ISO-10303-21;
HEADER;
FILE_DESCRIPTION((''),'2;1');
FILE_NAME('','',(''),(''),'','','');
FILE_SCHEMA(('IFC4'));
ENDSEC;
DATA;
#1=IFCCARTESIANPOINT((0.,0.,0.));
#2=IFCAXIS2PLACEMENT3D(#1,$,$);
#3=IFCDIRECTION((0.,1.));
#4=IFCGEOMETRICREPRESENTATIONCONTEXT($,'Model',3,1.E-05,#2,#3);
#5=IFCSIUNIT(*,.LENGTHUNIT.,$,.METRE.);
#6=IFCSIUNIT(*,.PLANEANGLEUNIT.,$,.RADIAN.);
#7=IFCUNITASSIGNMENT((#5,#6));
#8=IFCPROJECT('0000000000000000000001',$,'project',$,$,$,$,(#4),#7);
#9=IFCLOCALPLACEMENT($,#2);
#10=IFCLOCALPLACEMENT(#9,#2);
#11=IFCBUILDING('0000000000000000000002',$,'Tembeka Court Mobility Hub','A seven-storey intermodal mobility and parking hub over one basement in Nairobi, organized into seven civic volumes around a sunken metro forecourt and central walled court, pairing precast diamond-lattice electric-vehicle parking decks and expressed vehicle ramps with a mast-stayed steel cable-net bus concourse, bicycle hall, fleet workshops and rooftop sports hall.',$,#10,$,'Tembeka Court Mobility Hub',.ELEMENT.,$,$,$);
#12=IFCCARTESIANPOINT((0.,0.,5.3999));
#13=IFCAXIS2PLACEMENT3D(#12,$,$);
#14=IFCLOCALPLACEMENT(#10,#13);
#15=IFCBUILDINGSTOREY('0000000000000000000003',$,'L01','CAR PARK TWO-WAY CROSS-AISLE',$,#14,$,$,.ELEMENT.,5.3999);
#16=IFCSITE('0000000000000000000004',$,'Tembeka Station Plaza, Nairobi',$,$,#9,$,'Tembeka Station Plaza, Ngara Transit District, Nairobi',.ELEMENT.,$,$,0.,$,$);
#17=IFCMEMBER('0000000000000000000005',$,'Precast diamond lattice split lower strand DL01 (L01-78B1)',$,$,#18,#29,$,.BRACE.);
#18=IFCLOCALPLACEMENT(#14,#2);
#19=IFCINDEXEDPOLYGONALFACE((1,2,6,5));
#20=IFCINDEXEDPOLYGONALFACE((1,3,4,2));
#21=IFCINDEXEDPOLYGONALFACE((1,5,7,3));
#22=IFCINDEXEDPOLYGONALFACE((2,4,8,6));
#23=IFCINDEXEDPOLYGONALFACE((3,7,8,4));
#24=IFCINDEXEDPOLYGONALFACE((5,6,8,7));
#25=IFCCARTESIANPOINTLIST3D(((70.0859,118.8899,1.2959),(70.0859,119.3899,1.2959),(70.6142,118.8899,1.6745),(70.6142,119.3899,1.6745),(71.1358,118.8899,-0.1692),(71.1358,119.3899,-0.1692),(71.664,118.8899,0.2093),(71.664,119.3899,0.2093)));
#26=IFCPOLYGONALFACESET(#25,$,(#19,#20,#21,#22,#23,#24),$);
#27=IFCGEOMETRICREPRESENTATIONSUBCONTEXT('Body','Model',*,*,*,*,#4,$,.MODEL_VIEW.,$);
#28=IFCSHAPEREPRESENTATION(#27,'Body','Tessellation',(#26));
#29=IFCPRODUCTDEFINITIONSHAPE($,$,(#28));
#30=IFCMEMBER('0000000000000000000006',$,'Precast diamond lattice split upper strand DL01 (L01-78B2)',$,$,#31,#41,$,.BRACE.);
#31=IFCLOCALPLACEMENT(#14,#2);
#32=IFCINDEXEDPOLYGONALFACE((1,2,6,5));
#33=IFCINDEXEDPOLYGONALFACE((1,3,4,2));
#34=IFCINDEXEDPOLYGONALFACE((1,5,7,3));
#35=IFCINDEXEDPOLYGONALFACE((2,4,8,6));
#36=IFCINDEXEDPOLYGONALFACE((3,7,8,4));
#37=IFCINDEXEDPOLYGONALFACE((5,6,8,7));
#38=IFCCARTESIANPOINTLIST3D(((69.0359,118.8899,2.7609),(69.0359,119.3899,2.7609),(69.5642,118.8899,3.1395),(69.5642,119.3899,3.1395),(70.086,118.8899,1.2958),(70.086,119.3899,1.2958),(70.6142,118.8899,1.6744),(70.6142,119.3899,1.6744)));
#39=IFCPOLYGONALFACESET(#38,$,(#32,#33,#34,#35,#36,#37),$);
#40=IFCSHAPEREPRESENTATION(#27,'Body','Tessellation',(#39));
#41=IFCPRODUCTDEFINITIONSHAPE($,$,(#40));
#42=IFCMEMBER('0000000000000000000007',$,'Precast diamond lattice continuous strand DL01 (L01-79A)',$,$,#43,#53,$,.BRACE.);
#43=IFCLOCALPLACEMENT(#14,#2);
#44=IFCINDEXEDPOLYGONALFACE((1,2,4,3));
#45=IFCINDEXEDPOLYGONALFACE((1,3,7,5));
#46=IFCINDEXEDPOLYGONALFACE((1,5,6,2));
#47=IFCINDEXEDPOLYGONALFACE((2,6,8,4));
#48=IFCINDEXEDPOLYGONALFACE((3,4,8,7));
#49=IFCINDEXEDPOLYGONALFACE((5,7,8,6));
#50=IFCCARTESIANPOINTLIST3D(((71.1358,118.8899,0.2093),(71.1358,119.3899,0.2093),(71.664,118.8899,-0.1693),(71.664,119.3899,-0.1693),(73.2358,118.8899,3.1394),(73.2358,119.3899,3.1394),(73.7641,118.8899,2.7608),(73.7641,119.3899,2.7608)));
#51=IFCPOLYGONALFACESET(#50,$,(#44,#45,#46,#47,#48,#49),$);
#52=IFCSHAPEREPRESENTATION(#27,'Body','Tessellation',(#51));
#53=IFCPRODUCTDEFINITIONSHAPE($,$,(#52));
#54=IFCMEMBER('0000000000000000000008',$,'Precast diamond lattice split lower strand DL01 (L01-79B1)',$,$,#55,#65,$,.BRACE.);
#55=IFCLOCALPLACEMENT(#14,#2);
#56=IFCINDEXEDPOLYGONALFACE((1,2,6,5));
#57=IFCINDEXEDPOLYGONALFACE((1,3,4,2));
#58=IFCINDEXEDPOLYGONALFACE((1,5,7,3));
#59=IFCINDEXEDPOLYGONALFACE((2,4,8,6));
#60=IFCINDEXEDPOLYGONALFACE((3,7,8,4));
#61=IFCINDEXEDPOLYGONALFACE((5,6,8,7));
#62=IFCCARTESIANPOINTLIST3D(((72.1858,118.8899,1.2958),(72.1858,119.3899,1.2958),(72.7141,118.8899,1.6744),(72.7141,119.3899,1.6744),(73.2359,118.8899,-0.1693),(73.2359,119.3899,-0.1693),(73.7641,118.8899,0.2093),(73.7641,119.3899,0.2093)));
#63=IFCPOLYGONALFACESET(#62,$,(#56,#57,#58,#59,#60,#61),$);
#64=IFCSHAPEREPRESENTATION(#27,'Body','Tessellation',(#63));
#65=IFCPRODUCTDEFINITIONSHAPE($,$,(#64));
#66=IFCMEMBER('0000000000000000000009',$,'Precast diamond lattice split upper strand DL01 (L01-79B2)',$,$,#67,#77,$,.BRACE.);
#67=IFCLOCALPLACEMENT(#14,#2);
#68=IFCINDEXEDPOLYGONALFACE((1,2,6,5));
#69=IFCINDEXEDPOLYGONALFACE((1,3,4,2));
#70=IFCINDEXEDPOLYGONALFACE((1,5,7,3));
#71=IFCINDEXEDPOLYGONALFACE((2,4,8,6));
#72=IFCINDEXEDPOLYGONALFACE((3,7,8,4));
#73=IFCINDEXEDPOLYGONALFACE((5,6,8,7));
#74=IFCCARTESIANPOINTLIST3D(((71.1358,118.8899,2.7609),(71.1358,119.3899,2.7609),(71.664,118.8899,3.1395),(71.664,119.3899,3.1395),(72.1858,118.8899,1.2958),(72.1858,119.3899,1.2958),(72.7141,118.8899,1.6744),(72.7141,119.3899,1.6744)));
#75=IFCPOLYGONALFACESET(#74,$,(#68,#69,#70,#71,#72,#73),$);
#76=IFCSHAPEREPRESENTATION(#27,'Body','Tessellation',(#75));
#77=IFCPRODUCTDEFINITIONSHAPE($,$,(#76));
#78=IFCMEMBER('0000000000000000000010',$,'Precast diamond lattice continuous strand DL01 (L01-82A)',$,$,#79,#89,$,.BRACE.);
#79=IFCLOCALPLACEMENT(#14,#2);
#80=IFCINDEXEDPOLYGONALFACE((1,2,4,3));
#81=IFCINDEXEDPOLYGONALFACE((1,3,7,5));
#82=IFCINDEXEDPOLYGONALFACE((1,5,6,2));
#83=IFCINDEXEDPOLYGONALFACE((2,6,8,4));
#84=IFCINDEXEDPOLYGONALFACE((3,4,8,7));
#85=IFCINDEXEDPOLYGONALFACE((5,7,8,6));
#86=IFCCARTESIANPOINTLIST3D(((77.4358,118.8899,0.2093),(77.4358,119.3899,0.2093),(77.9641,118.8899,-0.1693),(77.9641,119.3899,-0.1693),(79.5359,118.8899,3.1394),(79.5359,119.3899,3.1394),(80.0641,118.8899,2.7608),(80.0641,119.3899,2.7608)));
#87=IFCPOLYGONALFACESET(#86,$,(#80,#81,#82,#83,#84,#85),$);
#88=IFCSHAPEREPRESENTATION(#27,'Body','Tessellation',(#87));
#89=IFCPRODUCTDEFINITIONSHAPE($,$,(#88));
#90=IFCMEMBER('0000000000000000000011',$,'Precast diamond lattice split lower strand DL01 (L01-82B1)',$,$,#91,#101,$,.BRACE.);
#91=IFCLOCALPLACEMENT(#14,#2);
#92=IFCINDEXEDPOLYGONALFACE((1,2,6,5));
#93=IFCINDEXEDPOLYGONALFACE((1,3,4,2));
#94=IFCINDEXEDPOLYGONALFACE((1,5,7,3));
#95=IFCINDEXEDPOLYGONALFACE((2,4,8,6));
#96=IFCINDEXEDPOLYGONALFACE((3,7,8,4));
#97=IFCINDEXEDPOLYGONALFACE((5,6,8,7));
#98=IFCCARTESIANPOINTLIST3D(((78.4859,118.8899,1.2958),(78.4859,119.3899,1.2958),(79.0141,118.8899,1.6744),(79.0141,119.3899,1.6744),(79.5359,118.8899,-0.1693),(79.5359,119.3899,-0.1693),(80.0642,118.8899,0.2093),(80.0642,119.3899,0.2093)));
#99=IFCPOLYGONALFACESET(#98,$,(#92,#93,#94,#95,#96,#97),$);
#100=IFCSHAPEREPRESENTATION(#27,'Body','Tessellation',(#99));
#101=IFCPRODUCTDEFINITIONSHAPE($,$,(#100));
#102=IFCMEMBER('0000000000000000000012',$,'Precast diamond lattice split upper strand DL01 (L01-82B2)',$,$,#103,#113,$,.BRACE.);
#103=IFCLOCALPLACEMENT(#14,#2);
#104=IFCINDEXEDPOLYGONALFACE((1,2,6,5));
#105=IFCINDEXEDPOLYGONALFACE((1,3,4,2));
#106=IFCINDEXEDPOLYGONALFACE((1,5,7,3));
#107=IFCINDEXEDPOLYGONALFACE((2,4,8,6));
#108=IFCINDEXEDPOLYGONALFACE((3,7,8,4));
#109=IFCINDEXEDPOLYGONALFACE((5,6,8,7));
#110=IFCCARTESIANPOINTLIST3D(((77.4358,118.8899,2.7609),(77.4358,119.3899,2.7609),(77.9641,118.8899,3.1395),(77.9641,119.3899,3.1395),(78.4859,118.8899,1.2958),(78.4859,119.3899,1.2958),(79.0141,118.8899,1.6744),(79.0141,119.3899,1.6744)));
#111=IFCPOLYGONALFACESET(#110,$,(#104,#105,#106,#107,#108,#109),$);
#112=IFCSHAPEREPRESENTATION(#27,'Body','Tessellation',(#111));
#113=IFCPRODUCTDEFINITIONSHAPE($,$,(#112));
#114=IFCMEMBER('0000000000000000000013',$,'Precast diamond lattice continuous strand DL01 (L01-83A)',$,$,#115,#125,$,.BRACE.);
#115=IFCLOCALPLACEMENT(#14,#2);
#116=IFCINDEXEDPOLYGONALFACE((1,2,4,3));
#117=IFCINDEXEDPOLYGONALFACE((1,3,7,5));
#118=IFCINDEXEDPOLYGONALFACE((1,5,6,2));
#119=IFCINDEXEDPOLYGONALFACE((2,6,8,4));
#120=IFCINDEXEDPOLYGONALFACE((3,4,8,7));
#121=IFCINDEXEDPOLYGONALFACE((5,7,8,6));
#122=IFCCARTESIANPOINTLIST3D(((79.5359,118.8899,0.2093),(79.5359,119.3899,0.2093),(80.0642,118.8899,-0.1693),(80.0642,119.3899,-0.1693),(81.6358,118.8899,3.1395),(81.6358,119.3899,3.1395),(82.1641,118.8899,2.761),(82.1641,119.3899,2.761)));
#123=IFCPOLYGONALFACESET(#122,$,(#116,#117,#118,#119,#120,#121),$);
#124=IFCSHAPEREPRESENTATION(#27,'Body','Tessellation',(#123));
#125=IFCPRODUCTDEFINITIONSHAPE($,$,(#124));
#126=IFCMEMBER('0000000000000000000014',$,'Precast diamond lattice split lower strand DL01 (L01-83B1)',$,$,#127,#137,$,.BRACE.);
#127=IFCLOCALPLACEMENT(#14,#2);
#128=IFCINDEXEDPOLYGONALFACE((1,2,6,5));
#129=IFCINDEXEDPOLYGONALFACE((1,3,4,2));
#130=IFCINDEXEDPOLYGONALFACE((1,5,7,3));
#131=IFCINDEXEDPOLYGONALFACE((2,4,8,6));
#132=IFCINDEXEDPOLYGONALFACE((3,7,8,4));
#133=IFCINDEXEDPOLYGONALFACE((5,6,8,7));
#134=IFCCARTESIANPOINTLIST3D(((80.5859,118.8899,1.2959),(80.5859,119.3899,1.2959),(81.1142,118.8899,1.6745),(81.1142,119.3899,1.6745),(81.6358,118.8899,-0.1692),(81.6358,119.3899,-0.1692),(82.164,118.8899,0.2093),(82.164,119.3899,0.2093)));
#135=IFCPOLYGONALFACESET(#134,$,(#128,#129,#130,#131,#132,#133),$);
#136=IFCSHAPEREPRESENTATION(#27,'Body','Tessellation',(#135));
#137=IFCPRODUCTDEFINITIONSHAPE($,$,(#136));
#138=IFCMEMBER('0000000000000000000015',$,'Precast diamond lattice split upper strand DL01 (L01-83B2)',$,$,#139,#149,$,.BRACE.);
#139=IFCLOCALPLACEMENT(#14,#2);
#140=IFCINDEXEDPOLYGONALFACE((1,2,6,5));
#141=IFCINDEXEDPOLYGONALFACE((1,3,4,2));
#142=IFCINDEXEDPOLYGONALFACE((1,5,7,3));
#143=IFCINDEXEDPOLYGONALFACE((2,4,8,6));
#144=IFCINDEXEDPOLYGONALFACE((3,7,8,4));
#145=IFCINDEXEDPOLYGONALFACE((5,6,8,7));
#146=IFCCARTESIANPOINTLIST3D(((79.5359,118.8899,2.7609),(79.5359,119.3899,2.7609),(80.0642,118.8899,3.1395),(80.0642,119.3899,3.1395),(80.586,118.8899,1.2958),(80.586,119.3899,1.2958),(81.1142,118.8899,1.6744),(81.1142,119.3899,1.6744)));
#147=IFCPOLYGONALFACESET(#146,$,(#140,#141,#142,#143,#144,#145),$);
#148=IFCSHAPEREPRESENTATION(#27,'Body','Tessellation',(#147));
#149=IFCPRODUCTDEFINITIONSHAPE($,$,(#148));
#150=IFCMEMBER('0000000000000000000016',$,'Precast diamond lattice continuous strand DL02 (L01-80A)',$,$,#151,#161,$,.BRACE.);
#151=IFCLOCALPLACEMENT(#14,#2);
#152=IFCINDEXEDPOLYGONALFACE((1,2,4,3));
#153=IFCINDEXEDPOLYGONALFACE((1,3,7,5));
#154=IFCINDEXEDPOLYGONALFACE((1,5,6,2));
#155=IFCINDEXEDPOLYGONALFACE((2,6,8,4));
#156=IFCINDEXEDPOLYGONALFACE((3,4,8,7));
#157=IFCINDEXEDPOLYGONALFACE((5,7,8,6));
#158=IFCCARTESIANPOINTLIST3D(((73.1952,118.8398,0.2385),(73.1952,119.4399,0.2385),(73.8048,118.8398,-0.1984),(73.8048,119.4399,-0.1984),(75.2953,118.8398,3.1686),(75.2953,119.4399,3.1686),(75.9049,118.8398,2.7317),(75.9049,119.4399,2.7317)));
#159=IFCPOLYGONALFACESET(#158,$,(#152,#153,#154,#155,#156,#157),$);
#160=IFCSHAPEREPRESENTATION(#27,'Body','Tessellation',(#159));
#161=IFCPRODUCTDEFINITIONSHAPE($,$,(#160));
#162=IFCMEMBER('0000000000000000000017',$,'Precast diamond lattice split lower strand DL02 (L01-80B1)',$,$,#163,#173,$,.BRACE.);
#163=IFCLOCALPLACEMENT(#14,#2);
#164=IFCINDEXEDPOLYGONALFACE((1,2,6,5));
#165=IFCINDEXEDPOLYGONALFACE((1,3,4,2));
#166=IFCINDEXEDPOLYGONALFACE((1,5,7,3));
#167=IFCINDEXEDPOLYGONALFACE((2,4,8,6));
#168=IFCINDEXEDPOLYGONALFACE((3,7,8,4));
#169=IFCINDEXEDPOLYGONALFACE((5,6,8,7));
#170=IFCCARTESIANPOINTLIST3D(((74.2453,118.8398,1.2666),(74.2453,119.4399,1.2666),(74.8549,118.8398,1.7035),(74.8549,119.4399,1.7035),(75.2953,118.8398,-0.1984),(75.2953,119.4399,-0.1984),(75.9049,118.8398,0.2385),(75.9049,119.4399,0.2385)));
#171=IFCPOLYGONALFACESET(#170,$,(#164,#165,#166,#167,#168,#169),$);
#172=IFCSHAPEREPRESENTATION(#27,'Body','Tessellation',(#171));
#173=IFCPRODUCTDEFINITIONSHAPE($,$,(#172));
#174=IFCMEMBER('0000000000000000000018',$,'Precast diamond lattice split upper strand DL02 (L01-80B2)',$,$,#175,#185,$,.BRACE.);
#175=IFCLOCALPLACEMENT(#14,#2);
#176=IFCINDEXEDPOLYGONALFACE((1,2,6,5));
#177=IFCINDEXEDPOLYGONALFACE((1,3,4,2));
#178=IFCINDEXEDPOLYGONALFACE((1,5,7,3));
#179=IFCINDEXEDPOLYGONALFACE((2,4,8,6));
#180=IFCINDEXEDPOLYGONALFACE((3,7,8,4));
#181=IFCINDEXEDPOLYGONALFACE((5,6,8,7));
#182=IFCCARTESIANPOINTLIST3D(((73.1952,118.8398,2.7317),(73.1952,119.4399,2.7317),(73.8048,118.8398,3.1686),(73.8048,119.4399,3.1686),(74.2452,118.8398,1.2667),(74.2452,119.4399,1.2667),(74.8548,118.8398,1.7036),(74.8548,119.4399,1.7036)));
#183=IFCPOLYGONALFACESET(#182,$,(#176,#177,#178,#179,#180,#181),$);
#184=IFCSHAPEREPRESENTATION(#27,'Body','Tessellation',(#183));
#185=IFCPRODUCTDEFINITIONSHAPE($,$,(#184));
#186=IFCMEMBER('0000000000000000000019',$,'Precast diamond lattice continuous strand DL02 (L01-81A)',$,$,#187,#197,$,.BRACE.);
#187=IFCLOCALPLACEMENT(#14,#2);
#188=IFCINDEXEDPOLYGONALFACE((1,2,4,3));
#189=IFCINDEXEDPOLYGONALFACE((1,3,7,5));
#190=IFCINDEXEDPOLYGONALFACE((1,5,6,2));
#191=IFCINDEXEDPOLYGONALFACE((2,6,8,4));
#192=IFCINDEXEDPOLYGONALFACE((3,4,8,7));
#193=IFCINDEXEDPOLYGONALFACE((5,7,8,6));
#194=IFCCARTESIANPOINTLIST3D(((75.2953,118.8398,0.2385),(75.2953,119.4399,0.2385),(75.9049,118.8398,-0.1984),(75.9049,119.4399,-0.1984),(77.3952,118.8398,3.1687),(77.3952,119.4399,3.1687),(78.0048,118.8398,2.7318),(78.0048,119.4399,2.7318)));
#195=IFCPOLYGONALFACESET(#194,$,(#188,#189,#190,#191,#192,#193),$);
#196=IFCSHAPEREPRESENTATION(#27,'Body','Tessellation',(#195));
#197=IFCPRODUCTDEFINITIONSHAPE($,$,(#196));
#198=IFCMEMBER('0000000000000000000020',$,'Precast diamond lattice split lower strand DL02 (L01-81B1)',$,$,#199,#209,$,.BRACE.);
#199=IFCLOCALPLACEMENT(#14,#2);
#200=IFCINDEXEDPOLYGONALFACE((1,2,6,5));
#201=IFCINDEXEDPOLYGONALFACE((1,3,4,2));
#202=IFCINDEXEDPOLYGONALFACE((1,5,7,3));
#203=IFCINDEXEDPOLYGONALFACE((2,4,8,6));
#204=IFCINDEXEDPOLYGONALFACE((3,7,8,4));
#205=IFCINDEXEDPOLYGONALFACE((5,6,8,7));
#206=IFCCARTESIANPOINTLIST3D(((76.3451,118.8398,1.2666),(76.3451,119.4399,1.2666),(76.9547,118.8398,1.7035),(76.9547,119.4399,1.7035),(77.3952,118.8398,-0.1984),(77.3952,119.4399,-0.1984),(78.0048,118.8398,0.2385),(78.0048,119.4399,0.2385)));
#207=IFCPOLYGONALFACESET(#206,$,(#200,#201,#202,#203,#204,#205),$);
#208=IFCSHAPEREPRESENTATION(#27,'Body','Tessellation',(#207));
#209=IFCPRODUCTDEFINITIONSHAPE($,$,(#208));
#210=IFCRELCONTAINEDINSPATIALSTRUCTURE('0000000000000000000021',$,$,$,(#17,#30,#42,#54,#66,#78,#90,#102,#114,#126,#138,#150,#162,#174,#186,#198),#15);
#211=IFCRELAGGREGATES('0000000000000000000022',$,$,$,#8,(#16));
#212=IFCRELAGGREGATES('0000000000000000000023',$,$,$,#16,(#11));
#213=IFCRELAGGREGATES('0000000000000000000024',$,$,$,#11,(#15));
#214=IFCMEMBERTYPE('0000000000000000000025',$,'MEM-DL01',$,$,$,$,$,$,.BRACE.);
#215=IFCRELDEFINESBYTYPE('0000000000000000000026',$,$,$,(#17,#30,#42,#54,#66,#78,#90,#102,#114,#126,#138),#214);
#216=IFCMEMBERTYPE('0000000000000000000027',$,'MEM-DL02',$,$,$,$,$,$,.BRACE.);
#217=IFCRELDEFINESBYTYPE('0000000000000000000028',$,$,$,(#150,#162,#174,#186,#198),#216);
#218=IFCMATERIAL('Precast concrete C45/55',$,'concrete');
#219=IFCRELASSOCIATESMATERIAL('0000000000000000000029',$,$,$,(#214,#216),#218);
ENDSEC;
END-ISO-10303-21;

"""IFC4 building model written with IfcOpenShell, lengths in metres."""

from ifc_helpers import new_model, si_unit, direction, frame, origin, origin_2d, place, context, subcontext, project, spatial, rectangle, extrude, material, material_profile, profile_set, type_object, element, save


model = new_model("IFC4")

# Units and contexts
model_context = context("Model", 3, precision=1e-05, world=origin(), true_north=direction((0.0, 1.0)))
body_context = subcontext(model_context, "Body", "Model", "MODEL_VIEW")
ifc_project = project(units=[si_unit("LENGTHUNIT", "METRE"), si_unit("PLANEANGLEUNIT", "RADIAN")], contexts=[model_context])

# Site, building, storey
site_placement = place(None, origin())
site = spatial("IfcSite", under=ifc_project, at=site_placement, Name="Tembeka Station Plaza, Nairobi", LongName="Tembeka Station Plaza, Ngara Transit District, Nairobi", CompositionType="ELEMENT", RefElevation=0.0)
building_placement = place(site_placement, origin())
building = spatial("IfcBuilding", under=site, at=building_placement, Name="Tembeka Court Mobility Hub", Description="A seven-storey intermodal mobility and parking hub over one basement in Nairobi, organized into seven civic volumes around a sunken metro forecourt and central walled court, pairing precast diamond-lattice electric-vehicle parking decks and expressed vehicle ramps with a mast-stayed steel cable-net bus concourse, bicycle hall, fleet workshops and rooftop sports hall.", LongName="Tembeka Court Mobility Hub", CompositionType="ELEMENT")
storey_placement = place(building_placement, frame((0.0, 0.0, 5.3999)))
storey = spatial("IfcBuildingStorey", under=building, at=storey_placement, Name="L01", Description="CAR PARK TWO-WAY CROSS-AISLE", CompositionType="ELEMENT", Elevation=5.3999)

# Members
ifc_material = material(Name="Precast concrete C45/55", Category="concrete")
ifc_material_profile_1 = material_profile(ifc_material, rectangle(XDim=0.5, YDim=0.6499, at=origin_2d()), Name="PC-DIAG 500x650")
ifc_profile_set_1 = profile_set([ifc_material_profile_1], Name="Precast concrete C45/55")
member_type_1 = type_object("IfcMemberType", Name="MEM-DL01", PredefinedType="BRACE", material=ifc_profile_set_1)
for number, where, z_axis, x_axis, name in (
    (1, (71.3999, 119.1399, 0.02), (-0.582455, 0.0, 0.812863), (0.0, -1.0, 0.0), "Precast diamond lattice split lower strand DL01 (L01-78B1)"),
    (2, (70.3501, 119.1399, 1.4851), (-0.582544, 0.0, 0.812799), (0.0, -1.0, 0.0), "Precast diamond lattice split upper strand DL01 (L01-78B2)"),
):
    element("IfcMember", number, at=place(storey_placement, frame(where, z_axis=z_axis, x_axis=x_axis)), inside=storey, type_object=member_type_1, Name=name, PredefinedType="BRACE", context=body_context, shape_type="SweptSolid", body=[
        extrude(rectangle(XDim=0.5, YDim=0.6499, at=origin_2d()), origin(), (0.0, 0.0, 1.0), 1.8025),
    ])
member_1_placement = place(storey_placement, frame((71.3999, 119.1399, 0.02), z_axis=(0.582544, 0.0, 0.812799), x_axis=(0.0, 1.0, 0.0)))
element("IfcMember", 3, at=member_1_placement, inside=storey, type_object=member_type_1, Name="Precast diamond lattice continuous strand DL01 (L01-79A)", PredefinedType="BRACE", context=body_context, shape_type="SweptSolid", body=[
    extrude(rectangle(XDim=0.5, YDim=0.6499, at=origin_2d()), origin(), (0.0, 0.0, 1.0), 3.605),
])
for number, where, z_axis, x_axis, name in (
    (4, (73.5, 119.1399, 0.02), (-0.582544, 0.0, 0.812799), (0.0, -1.0, 0.0), "Precast diamond lattice split lower strand DL01 (L01-79B1)"),
    (5, (72.45, 119.1399, 1.4851), (-0.582544, 0.0, 0.812799), (0.0, -1.0, 0.0), "Precast diamond lattice split upper strand DL01 (L01-79B2)"),
):
    element("IfcMember", number, at=place(storey_placement, frame(where, z_axis=z_axis, x_axis=x_axis)), inside=storey, type_object=member_type_1, Name=name, PredefinedType="BRACE", context=body_context, shape_type="SweptSolid", body=[
        extrude(rectangle(XDim=0.5, YDim=0.6499, at=origin_2d()), origin(), (0.0, 0.0, 1.0), 1.8025),
    ])
member_2_placement = place(storey_placement, frame((77.7, 119.1399, 0.02), z_axis=(0.582544, 0.0, 0.812799), x_axis=(0.0, 1.0, 0.0)))
element("IfcMember", 6, at=member_2_placement, inside=storey, type_object=member_type_1, Name="Precast diamond lattice continuous strand DL01 (L01-82A)", PredefinedType="BRACE", context=body_context, shape_type="SweptSolid", body=[
    extrude(rectangle(XDim=0.5, YDim=0.6499, at=origin_2d()), origin(), (0.0, 0.0, 1.0), 3.605),
])
for number, where, z_axis, x_axis, name in (
    (7, (79.8, 119.1399, 0.02), (-0.582544, 0.0, 0.812799), (0.0, -1.0, 0.0), "Precast diamond lattice split lower strand DL01 (L01-82B1)"),
    (8, (78.75, 119.1399, 1.4851), (-0.582544, 0.0, 0.812799), (0.0, -1.0, 0.0), "Precast diamond lattice split upper strand DL01 (L01-82B2)"),
):
    element("IfcMember", number, at=place(storey_placement, frame(where, z_axis=z_axis, x_axis=x_axis)), inside=storey, type_object=member_type_1, Name=name, PredefinedType="BRACE", context=body_context, shape_type="SweptSolid", body=[
        extrude(rectangle(XDim=0.5, YDim=0.6499, at=origin_2d()), origin(), (0.0, 0.0, 1.0), 1.8025),
    ])
member_3_placement = place(storey_placement, frame((79.8, 119.1399, 0.02), z_axis=(0.5825, 0.0, 0.812831), x_axis=(0.0, 1.0, 0.0)))
element("IfcMember", 9, at=member_3_placement, inside=storey, type_object=member_type_1, Name="Precast diamond lattice continuous strand DL01 (L01-83A)", PredefinedType="BRACE", context=body_context, shape_type="SweptSolid", body=[
    extrude(rectangle(XDim=0.5, YDim=0.6499, at=origin_2d()), origin(), (0.0, 0.0, 1.0), 3.605),
])
for number, where, z_axis, x_axis, name in (
    (10, (81.8999, 119.1399, 0.02), (-0.582455, 0.0, 0.812863), (0.0, -1.0, 0.0), "Precast diamond lattice split lower strand DL01 (L01-83B1)"),
    (11, (80.8501, 119.1399, 1.4851), (-0.582544, 0.0, 0.812799), (0.0, -1.0, 0.0), "Precast diamond lattice split upper strand DL01 (L01-83B2)"),
):
    element("IfcMember", number, at=place(storey_placement, frame(where, z_axis=z_axis, x_axis=x_axis)), inside=storey, type_object=member_type_1, Name=name, PredefinedType="BRACE", context=body_context, shape_type="SweptSolid", body=[
        extrude(rectangle(XDim=0.5, YDim=0.6499, at=origin_2d()), origin(), (0.0, 0.0, 1.0), 1.8025),
    ])
ifc_material_profile_2 = material_profile(ifc_material, rectangle(XDim=0.6001, YDim=0.75, at=origin_2d()), Name="PC-DIAG 600x750")
ifc_profile_set_2 = profile_set([ifc_material_profile_2], Name="Precast concrete C45/55")
member_type_2 = type_object("IfcMemberType", Name="MEM-DL02", PredefinedType="BRACE", material=ifc_profile_set_2)
member_4_placement = place(storey_placement, frame((73.5, 119.1399, 0.02), z_axis=(0.582544, 0.0, 0.812799), x_axis=(0.0, 1.0, 0.0)))
element("IfcMember", 12, at=member_4_placement, inside=storey, type_object=member_type_2, Name="Precast diamond lattice continuous strand DL02 (L01-80A)", PredefinedType="BRACE", context=body_context, shape_type="SweptSolid", body=[
    extrude(rectangle(XDim=0.6001, YDim=0.75, at=origin_2d()), origin(), (0.0, 0.0, 1.0), 3.605),
])
for number, where, z_axis, x_axis, name in (
    (13, (75.6001, 119.1399, 0.02), (-0.582544, 0.0, 0.812799), (0.0, -1.0, 0.0), "Precast diamond lattice split lower strand DL02 (L01-80B1)"),
    (14, (74.55, 119.1399, 1.4851), (-0.582544, 0.0, 0.812799), (0.0, -1.0, 0.0), "Precast diamond lattice split upper strand DL02 (L01-80B2)"),
):
    element("IfcMember", number, at=place(storey_placement, frame(where, z_axis=z_axis, x_axis=x_axis)), inside=storey, type_object=member_type_2, Name=name, PredefinedType="BRACE", context=body_context, shape_type="SweptSolid", body=[
        extrude(rectangle(XDim=0.6001, YDim=0.75, at=origin_2d()), origin(), (0.0, 0.0, 1.0), 1.8025),
    ])
member_5_placement = place(storey_placement, frame((75.6001, 119.1399, 0.02), z_axis=(0.5825, 0.0, 0.812831), x_axis=(0.0, 1.0, 0.0)))
element("IfcMember", 15, at=member_5_placement, inside=storey, type_object=member_type_2, Name="Precast diamond lattice continuous strand DL02 (L01-81A)", PredefinedType="BRACE", context=body_context, shape_type="SweptSolid", body=[
    extrude(rectangle(XDim=0.6001, YDim=0.75, at=origin_2d()), origin(), (0.0, 0.0, 1.0), 3.605),
])
for number, where, z_axis, x_axis, name in (
    (16, (77.7, 119.1399, 0.02), (-0.582544, 0.0, 0.812799), (0.0, -1.0, 0.0), "Precast diamond lattice split lower strand DL02 (L01-81B1)"),
):
    element("IfcMember", number, at=place(storey_placement, frame(where, z_axis=z_axis, x_axis=x_axis)), inside=storey, type_object=member_type_2, Name=name, PredefinedType="BRACE", context=body_context, shape_type="SweptSolid", body=[
        extrude(rectangle(XDim=0.6001, YDim=0.75, at=origin_2d()), origin(), (0.0, 0.0, 1.0), 1.8025),
    ])

save(model, "model.ifc")
